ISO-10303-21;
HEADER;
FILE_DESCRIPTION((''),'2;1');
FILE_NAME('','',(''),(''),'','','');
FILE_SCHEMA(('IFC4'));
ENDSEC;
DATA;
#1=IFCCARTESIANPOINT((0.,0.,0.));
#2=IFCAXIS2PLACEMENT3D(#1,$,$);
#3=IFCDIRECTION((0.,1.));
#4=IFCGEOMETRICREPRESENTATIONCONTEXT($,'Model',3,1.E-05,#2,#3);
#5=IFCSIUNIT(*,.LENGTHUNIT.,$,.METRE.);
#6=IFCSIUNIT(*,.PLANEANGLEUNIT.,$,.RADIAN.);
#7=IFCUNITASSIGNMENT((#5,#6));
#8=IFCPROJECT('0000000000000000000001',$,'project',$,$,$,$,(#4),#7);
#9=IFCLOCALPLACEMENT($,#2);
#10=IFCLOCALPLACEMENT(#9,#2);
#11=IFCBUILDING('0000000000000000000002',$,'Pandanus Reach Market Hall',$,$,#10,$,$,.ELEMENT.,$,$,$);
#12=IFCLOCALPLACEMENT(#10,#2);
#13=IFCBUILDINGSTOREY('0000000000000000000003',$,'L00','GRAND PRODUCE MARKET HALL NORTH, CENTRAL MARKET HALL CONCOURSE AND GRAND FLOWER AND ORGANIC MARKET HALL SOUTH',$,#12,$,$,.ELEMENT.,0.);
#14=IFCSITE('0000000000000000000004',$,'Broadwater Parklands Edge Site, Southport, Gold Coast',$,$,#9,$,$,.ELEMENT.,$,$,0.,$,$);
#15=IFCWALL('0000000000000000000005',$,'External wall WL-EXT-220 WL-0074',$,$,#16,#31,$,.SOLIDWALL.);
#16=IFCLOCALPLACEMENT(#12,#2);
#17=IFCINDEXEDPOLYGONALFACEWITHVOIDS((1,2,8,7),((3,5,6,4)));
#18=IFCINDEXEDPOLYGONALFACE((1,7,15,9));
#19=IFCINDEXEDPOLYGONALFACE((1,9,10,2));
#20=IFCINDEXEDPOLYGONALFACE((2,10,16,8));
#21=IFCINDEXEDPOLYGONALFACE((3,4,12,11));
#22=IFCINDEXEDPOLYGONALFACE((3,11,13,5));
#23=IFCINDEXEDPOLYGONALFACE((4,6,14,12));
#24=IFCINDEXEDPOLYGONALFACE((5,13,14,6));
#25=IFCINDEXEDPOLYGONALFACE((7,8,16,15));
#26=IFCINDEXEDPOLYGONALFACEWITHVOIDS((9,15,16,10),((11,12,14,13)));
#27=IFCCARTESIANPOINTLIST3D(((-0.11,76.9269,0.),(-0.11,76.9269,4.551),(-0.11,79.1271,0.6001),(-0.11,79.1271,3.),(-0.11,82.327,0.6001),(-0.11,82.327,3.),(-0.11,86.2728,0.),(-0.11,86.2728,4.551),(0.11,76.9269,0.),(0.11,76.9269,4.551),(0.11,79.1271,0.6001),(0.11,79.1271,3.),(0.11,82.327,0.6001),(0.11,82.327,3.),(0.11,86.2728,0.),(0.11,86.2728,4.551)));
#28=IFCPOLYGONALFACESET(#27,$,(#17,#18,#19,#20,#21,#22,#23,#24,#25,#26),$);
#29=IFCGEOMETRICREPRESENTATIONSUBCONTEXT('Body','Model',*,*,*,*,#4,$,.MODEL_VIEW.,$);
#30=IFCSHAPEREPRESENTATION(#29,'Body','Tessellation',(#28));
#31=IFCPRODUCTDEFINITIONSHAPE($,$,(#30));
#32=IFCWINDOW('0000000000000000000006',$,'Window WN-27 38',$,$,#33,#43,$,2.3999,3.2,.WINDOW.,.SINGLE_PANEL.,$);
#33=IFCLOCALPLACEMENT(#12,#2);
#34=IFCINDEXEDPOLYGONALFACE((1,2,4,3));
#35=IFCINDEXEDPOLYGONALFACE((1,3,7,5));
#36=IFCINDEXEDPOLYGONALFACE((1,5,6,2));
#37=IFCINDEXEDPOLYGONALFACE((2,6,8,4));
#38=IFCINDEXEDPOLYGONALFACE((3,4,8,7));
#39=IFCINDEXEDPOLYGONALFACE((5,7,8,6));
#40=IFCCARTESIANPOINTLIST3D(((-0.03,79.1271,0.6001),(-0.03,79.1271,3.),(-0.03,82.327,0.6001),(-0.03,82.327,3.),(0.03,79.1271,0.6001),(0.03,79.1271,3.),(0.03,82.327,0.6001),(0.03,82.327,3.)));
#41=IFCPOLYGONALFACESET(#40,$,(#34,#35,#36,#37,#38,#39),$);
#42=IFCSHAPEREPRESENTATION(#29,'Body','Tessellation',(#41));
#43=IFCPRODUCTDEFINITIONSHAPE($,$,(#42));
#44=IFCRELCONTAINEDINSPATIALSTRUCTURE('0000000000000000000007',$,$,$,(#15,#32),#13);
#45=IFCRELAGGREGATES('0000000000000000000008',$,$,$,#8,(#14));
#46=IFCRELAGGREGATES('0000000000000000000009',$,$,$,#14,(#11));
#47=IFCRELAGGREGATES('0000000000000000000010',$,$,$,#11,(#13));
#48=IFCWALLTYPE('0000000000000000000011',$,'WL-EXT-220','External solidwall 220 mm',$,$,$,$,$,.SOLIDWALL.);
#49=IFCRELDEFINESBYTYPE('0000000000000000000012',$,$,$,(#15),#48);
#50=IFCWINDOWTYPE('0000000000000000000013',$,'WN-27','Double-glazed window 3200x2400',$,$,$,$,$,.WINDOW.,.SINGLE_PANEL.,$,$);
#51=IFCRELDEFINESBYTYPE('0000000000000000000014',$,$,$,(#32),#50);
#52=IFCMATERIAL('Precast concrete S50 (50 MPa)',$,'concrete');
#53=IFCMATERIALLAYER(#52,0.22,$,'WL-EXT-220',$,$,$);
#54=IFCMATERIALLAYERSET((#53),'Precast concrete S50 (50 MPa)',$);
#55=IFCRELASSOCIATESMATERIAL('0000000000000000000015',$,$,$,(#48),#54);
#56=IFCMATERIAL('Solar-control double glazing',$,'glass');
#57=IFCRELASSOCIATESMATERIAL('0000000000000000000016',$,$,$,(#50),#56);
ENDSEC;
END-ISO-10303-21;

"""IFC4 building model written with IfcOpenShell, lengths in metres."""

from ifc_helpers import new_model, si_unit, direction, frame, frame_2d, origin, place, context, subcontext, project, spatial, rectangle, extrude, material, layer, layer_set, type_object, element, fill, save


model = new_model("IFC4")

# Units and contexts
model_context = context("Model", 3, precision=1e-05, world=origin(), true_north=direction((0.0, 1.0)))
body_context = subcontext(model_context, "Body", "Model", "MODEL_VIEW")
ifc_project = project(units=[si_unit("LENGTHUNIT", "METRE"), si_unit("PLANEANGLEUNIT", "RADIAN")], contexts=[model_context])

# Site, building, storey
site_placement = place(None, origin())
site = spatial("IfcSite", under=ifc_project, at=site_placement, Name="Broadwater Parklands Edge Site, Southport, Gold Coast", CompositionType="ELEMENT", RefElevation=0.0)
building_placement = place(site_placement, origin())
building = spatial("IfcBuilding", under=site, at=building_placement, Name="Pandanus Reach Market Hall", CompositionType="ELEMENT")
storey_placement = place(building_placement, origin())
storey = spatial("IfcBuildingStorey", under=building, at=storey_placement, Name="L00", Description="GRAND PRODUCE MARKET HALL NORTH, CENTRAL MARKET HALL CONCOURSE AND GRAND FLOWER AND ORGANIC MARKET HALL SOUTH", CompositionType="ELEMENT", Elevation=0.0)

# Shared definitions
ifc_material_1 = material(Name="Solar-control double glazing", Category="glass")

# Shared definitions
ifc_material_2 = material(Name="Precast concrete S50 (50 MPa)", Category="concrete")

# Wall, opening, window
ifc_layer_1 = layer(ifc_material_2, 0.22, Name="WL-EXT-220")
ifc_layer_set_1 = layer_set([ifc_layer_1], Name="Precast concrete S50 (50 MPa)")
wall_type_1 = type_object("IfcWallType", Name="WL-EXT-220", Description="External solidwall 220 mm", PredefinedType="SOLIDWALL", material=ifc_layer_set_1)
wall_1_placement = place(storey_placement, frame((0.0, 76.927, 0.0), z_axis=(0.0, 0.0, 1.0), x_axis=(0.0, 1.0, 0.0)))
wall_1 = element("IfcWall", 1, at=wall_1_placement, inside=storey, type_object=wall_type_1, Name="External wall WL-EXT-220 WL-0074", PredefinedType="SOLIDWALL", context=body_context, shape_type="SweptSolid", body=[
    extrude(rectangle(XDim=9.3459, YDim=0.22, at=frame_2d((4.6729, 0.0))), origin(), (0.0, 0.0, 1.0), 4.551),
])
opening_1_placement = place(wall_1_placement, frame((2.2, 0.0, 0.6001)))
opening_1 = element("IfcOpeningElement", 2, at=opening_1_placement, cuts=wall_1, PredefinedType="OPENING", context=body_context, shape_type="SweptSolid", body=[
    extrude(rectangle(XDim=3.2, YDim=2.3999, at=frame_2d((1.6001, 1.2))), frame((0.0, 0.125, 0.0), z_axis=(0.0, -1.0, 0.0), x_axis=(1.0, 0.0, 0.0)), (0.0, 0.0, 1.0), 0.25),
])
window_type_1 = type_object("IfcWindowType", Name="WN-27", Description="Double-glazed window 3200x2400", PartitioningType="SINGLE_PANEL", PredefinedType="WINDOW", material=ifc_material_1)
window_1_placement = place(opening_1_placement, origin())
window_1 = element("IfcWindow", 3, at=window_1_placement, inside=storey, type_object=window_type_1, Name="Window WN-27 38", OverallHeight=2.3999, OverallWidth=3.2, PartitioningType="SINGLE_PANEL", PredefinedType="WINDOW", context=body_context, shape_type="SweptSolid", body=[
    extrude(rectangle(XDim=3.2, YDim=2.3999, at=frame_2d((1.6001, 1.2))), frame((0.0, 0.03, 0.0), z_axis=(0.0, -1.0, 0.0), x_axis=(1.0, 0.0, 0.0)), (0.0, 0.0, 1.0), 0.0601),
])
fill(opening_1, window_1)

save(model, "model.ifc")
